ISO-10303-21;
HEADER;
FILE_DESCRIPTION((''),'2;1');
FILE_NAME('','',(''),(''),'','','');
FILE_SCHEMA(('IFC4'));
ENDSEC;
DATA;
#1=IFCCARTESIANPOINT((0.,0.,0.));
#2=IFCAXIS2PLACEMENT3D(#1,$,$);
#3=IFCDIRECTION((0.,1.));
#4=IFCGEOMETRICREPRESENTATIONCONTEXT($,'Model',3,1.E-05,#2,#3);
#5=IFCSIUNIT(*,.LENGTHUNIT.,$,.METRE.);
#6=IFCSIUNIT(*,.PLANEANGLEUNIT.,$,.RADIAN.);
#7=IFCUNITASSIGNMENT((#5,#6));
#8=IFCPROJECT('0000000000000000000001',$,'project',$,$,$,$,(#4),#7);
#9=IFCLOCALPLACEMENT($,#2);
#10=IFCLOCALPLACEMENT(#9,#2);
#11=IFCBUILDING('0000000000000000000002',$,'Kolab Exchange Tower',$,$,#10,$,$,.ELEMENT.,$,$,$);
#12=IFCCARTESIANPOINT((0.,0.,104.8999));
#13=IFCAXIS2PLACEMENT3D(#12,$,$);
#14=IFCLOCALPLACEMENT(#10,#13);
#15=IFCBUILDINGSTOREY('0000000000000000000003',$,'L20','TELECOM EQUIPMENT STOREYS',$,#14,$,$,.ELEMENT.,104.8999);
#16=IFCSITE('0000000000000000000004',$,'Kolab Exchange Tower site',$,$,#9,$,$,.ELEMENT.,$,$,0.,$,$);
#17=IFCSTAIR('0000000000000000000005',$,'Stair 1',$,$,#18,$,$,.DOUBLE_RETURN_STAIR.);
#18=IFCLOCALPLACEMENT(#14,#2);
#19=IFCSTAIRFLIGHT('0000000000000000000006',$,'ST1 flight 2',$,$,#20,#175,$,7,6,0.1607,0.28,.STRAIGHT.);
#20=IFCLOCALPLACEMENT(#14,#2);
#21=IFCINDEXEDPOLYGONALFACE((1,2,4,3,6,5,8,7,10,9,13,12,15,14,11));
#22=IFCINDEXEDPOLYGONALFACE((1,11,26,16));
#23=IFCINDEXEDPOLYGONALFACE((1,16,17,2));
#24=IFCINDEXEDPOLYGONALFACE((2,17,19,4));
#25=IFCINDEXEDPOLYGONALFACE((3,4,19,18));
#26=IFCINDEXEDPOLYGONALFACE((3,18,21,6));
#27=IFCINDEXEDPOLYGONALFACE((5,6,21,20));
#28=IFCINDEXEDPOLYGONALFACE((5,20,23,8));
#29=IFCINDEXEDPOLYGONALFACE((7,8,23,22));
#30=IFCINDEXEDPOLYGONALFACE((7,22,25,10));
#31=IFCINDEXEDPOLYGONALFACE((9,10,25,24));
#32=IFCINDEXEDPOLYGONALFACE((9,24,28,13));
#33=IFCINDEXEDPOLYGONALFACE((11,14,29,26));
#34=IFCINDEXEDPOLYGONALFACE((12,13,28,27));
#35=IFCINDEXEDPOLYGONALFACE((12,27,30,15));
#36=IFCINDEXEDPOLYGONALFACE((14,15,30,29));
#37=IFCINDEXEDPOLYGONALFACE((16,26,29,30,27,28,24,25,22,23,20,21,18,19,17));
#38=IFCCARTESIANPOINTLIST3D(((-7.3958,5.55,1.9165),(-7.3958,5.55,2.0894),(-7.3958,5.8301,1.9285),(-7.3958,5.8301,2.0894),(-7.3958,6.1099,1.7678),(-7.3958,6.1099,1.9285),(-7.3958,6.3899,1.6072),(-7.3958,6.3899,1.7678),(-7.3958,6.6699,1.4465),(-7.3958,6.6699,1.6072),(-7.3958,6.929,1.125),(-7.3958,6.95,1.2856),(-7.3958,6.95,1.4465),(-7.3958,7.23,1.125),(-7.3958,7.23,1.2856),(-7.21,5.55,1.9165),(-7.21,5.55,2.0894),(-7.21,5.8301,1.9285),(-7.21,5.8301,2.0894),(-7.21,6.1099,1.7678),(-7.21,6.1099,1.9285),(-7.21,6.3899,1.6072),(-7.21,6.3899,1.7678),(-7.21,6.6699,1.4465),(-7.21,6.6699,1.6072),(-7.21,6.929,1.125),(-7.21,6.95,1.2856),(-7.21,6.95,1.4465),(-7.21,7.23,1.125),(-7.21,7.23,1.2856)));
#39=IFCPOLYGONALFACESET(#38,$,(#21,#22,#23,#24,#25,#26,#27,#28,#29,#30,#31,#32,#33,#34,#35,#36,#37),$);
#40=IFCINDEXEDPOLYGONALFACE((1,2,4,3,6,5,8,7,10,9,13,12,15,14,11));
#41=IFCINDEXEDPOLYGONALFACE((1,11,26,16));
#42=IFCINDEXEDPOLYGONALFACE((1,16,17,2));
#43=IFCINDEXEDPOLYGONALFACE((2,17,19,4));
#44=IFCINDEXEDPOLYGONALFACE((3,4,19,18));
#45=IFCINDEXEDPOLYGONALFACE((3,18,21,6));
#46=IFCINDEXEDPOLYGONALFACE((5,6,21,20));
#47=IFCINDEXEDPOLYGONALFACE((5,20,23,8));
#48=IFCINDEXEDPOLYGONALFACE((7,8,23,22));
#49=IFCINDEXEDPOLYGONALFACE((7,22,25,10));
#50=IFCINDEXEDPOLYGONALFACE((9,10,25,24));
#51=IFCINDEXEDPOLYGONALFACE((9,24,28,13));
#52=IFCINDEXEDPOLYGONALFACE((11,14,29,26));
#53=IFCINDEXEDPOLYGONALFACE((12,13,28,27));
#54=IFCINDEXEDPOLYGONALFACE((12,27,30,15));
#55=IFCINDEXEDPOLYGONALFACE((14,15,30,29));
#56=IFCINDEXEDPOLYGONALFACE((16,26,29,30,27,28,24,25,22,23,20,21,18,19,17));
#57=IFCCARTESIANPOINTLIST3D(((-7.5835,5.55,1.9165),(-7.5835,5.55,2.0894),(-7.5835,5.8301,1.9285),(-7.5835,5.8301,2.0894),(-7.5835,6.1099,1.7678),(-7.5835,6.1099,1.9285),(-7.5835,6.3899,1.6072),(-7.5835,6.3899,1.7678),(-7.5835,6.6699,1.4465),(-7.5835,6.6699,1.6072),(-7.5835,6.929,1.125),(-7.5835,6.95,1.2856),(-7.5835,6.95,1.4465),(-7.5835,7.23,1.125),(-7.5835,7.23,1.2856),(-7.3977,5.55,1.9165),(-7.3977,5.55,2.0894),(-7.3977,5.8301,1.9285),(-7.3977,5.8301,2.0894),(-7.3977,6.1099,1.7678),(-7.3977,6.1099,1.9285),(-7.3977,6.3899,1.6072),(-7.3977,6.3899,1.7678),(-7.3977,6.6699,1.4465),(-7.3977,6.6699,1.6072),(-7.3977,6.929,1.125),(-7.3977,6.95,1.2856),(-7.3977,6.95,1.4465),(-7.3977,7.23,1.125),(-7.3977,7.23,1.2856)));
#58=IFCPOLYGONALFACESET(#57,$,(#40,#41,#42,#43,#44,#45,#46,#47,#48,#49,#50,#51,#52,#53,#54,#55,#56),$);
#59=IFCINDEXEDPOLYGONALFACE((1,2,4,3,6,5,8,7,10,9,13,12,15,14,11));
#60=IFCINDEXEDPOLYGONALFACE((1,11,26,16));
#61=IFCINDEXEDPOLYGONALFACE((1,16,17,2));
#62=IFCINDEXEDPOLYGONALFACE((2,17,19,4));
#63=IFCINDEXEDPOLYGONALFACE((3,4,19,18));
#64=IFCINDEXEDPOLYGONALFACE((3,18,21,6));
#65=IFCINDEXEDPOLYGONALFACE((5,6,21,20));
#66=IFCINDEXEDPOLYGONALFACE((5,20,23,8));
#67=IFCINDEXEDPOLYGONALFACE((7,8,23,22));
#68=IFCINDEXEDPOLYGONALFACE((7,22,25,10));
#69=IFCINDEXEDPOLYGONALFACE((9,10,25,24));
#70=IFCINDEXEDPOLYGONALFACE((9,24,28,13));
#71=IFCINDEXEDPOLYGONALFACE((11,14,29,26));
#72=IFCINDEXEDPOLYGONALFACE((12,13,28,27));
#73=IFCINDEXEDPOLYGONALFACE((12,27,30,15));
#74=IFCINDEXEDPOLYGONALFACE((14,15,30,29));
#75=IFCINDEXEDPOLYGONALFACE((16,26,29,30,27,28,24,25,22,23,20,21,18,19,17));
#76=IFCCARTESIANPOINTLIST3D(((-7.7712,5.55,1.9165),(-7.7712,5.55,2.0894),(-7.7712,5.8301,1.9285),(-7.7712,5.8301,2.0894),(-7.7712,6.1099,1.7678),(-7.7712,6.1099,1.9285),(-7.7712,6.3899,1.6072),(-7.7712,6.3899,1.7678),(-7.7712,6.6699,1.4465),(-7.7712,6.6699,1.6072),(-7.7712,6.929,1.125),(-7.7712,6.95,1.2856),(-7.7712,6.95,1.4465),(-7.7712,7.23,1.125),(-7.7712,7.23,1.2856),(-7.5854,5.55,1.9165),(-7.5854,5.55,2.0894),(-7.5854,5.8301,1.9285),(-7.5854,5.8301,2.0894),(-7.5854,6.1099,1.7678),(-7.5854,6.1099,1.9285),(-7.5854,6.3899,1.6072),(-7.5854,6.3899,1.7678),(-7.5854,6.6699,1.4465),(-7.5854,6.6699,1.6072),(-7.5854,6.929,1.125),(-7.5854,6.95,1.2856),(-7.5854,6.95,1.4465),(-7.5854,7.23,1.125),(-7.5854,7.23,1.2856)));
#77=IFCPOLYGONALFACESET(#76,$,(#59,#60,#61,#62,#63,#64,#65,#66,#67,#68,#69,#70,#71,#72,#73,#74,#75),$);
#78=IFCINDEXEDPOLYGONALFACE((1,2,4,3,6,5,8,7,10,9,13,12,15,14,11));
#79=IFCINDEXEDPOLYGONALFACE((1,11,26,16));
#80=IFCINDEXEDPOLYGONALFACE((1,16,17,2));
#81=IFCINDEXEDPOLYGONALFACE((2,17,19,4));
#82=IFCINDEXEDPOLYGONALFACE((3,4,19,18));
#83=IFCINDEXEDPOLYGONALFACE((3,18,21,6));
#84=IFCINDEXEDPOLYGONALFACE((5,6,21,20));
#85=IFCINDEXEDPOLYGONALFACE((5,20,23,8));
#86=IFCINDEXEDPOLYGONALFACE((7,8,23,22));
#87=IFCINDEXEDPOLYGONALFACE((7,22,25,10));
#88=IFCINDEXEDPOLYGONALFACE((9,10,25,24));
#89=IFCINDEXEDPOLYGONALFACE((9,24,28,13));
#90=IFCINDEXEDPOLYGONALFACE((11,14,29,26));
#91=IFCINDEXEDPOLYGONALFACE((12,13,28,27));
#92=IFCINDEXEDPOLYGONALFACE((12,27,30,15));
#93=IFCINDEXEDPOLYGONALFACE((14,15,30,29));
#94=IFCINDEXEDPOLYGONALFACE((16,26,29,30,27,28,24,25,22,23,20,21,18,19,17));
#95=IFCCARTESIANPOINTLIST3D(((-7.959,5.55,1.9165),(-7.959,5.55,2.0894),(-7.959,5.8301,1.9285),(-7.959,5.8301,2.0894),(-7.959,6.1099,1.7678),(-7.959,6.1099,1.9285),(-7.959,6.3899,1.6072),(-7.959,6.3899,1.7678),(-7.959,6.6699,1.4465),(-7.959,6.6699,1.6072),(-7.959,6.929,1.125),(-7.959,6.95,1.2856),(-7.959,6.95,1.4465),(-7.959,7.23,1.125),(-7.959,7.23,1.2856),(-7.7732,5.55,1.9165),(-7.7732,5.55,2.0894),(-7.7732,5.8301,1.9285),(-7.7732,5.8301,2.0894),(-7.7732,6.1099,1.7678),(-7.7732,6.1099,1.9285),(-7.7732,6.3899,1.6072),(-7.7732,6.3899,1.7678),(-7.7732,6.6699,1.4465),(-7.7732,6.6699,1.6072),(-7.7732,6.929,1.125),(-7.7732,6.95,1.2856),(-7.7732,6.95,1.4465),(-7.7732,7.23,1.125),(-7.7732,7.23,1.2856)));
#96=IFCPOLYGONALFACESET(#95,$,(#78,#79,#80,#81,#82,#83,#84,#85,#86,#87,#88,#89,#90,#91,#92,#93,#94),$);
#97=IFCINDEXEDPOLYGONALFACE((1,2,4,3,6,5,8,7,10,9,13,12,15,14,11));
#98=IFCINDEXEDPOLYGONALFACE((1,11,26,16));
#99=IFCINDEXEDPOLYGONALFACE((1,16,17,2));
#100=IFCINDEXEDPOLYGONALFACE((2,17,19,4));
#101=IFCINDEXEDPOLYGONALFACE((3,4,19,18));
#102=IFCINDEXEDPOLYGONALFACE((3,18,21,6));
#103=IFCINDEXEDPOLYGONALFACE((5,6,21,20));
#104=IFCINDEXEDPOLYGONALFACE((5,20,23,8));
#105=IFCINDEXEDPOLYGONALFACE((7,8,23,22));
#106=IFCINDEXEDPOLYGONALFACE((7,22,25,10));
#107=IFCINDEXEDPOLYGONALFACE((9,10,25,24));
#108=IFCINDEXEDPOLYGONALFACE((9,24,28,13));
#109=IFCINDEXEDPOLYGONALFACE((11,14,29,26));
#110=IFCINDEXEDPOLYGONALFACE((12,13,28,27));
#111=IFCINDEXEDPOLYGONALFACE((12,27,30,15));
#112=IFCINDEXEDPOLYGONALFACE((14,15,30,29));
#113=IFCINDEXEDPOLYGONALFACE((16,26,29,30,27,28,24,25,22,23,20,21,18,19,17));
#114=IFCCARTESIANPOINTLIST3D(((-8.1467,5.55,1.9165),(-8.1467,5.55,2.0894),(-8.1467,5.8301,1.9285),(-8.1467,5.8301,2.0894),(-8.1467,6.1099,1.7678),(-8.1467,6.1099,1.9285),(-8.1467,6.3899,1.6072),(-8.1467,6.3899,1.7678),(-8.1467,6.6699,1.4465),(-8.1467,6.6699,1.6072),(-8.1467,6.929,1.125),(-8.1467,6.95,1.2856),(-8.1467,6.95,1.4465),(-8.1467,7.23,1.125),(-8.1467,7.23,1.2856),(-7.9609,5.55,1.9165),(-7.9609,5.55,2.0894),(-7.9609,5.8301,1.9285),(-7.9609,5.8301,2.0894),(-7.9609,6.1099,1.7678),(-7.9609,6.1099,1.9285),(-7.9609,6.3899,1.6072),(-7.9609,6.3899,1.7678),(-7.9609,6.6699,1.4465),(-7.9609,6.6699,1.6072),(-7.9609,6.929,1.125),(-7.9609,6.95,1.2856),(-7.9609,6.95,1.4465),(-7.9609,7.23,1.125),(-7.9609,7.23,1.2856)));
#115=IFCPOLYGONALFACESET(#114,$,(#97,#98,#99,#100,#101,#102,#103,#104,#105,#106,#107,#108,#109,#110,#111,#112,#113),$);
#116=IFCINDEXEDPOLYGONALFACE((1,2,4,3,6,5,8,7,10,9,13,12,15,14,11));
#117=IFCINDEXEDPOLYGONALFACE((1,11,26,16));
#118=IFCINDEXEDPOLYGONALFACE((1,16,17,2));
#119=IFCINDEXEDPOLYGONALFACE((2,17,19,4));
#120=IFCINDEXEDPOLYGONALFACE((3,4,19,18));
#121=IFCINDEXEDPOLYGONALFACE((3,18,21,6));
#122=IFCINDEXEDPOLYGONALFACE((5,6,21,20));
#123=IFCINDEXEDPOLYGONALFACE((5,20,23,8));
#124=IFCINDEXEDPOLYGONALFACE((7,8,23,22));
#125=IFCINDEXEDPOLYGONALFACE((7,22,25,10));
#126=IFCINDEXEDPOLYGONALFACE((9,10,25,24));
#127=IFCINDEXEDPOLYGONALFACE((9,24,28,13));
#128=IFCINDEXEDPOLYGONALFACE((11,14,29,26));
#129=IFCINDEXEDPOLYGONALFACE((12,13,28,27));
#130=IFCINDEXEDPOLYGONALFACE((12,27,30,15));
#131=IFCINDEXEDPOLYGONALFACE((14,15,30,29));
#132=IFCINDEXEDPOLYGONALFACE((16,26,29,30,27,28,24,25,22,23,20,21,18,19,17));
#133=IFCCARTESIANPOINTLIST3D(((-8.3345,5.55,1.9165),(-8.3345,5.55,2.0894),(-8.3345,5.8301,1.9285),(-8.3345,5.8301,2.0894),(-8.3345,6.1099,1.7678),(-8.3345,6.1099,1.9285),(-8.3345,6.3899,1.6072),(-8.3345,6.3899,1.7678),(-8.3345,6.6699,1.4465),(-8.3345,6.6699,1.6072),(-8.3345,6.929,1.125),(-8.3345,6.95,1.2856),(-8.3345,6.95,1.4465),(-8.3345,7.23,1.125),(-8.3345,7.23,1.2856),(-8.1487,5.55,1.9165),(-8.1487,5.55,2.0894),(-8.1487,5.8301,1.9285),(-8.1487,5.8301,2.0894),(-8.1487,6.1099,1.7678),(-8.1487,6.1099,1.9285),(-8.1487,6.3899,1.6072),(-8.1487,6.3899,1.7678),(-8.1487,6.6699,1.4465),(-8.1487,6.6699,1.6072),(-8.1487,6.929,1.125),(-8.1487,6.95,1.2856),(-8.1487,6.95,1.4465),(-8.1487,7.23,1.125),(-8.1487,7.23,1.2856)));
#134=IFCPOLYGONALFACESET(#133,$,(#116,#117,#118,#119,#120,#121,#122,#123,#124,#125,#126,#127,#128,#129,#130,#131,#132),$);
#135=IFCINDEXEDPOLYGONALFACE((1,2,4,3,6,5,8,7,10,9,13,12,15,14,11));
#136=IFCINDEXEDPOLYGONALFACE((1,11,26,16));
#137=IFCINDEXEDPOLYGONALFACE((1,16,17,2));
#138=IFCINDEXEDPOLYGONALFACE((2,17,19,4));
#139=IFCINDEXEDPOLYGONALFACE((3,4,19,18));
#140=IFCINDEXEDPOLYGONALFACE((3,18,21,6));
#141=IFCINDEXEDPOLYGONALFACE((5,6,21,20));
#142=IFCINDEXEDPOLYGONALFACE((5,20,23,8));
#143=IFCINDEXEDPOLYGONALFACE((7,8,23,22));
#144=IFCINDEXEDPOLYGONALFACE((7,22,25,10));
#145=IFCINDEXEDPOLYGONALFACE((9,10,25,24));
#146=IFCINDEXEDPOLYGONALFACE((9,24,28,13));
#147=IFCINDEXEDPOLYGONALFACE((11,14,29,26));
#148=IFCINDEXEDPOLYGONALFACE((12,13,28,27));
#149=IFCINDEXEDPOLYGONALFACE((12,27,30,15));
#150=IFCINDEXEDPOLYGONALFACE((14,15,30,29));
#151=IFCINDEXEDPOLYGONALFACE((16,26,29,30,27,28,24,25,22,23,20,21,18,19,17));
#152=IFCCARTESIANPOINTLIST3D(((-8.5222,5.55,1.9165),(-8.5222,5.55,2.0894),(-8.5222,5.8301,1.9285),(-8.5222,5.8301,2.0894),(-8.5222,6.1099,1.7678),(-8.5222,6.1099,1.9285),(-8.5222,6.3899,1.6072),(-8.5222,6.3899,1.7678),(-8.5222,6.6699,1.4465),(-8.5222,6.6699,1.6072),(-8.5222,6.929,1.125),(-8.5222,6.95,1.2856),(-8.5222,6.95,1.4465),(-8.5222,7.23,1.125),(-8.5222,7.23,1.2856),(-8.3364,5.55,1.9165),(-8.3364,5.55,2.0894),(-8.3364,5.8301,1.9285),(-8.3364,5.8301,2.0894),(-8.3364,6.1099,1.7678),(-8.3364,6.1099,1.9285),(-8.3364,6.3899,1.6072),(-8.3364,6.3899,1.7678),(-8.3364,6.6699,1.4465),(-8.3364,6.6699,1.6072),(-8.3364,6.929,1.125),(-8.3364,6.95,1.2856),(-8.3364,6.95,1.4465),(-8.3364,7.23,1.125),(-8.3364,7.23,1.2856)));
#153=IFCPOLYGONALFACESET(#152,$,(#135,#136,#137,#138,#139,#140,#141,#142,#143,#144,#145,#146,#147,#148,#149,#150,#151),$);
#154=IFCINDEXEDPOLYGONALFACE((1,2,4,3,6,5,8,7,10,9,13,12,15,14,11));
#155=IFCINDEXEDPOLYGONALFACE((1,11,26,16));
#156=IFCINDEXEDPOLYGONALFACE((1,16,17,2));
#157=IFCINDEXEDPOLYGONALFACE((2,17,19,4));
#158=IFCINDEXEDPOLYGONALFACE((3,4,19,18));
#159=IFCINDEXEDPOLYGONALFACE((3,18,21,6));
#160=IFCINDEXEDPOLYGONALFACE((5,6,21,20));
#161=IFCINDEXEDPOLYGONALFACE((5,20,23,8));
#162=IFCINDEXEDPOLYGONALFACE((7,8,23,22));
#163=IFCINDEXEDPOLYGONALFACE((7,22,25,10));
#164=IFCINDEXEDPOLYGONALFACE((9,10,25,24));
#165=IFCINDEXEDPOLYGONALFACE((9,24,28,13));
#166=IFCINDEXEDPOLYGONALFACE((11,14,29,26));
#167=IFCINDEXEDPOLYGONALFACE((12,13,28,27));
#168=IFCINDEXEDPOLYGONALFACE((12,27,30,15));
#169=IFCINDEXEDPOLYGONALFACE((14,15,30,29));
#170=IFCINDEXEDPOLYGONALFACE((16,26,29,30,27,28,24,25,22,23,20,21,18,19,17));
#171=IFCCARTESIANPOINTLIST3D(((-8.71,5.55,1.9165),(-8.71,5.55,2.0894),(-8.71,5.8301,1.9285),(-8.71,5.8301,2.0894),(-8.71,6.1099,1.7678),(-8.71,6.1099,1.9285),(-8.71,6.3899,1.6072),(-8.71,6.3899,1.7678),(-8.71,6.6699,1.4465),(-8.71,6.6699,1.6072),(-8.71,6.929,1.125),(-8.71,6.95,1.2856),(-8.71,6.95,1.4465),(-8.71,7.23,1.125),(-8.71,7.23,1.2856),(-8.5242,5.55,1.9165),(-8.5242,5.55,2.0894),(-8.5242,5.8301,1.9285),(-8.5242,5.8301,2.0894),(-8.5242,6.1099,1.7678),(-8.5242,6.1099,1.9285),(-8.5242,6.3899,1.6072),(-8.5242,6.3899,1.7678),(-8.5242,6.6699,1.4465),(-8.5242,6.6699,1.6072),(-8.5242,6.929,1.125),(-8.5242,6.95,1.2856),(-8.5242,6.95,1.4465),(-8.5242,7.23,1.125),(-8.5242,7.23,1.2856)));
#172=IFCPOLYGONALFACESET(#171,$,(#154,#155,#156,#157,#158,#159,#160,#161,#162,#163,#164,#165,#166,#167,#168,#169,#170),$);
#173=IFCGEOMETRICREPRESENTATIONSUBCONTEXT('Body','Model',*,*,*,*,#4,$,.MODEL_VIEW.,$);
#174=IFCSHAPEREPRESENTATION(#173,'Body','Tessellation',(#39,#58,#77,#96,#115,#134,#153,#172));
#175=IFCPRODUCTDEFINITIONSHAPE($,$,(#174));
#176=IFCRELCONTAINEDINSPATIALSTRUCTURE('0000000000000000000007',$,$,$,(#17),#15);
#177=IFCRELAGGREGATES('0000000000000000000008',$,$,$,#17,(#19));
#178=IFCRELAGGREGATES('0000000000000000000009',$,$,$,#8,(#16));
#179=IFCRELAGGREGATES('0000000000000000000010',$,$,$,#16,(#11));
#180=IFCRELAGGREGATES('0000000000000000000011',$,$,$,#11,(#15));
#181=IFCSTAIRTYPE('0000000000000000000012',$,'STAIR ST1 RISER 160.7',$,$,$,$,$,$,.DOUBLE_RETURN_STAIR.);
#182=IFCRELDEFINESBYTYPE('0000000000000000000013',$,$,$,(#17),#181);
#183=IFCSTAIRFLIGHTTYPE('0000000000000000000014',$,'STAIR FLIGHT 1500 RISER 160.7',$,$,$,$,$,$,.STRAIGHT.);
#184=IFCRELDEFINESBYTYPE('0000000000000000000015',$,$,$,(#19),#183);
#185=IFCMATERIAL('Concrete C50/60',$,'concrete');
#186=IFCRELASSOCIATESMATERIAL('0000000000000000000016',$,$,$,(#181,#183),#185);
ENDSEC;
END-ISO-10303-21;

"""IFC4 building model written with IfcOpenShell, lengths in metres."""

from ifc_helpers import new_model, si_unit, direction, frame, origin, place, context, subcontext, project, spatial, polyline, outline, extrude, material, type_object, element, aggregate, save


model = new_model("IFC4")

# Units and contexts
model_context = context("Model", 3, precision=1e-05, world=origin(), true_north=direction((0.0, 1.0)))
body_context = subcontext(model_context, "Body", "Model", "MODEL_VIEW")
ifc_project = project(units=[si_unit("LENGTHUNIT", "METRE"), si_unit("PLANEANGLEUNIT", "RADIAN")], contexts=[model_context])

# Site, building, storey
site_placement = place(None, origin())
site = spatial("IfcSite", under=ifc_project, at=site_placement, Name="Kolab Exchange Tower site", CompositionType="ELEMENT", RefElevation=0.0)
building_placement = place(site_placement, origin())
building = spatial("IfcBuilding", under=site, at=building_placement, Name="Kolab Exchange Tower", CompositionType="ELEMENT")
storey_placement = place(building_placement, frame((0.0, 0.0, 104.8999)))
storey = spatial("IfcBuildingStorey", under=building, at=storey_placement, Name="L20", Description="TELECOM EQUIPMENT STOREYS", CompositionType="ELEMENT", Elevation=104.8999)

# Shared definitions
ifc_material_1 = material(Name="Concrete C50/60", Category="concrete")

# Stair, stair flight
stair_type = type_object("IfcStairType", Name="STAIR ST1 RISER 160.7", PredefinedType="DOUBLE_RETURN_STAIR", material=ifc_material_1)
stair_placement = place(storey_placement, origin())
stair = element("IfcStair", 1, at=stair_placement, inside=storey, type_object=stair_type, Name="Stair 1", PredefinedType="DOUBLE_RETURN_STAIR")
stair_flight_type = type_object("IfcStairFlightType", Name="STAIR FLIGHT 1500 RISER 160.7", PredefinedType="STRAIGHT", material=ifc_material_1)
stair_flight_1_placement = place(storey_placement, frame((-7.96, 7.23, 1.125), z_axis=(0.0, 0.0, 1.0), x_axis=(0.0, -1.0, 0.0)))
stair_flight_1 = element("IfcStairFlight", 2, at=stair_flight_1_placement, type_object=stair_flight_type, Name="ST1 flight 2", NumberOfRisers=7, NumberOfTreads=6, PredefinedType="STRAIGHT", RiserHeight=0.1607, TreadLength=0.28, context=body_context, shape_type="SweptSolid", body=[
    extrude(outline(polyline([(0.0, 0.0), (0.0, 0.1606), (0.28, 0.1606), (0.28, 0.3215), (0.5601, 0.3215), (0.5601, 0.4822), (0.8401, 0.4822), (0.8401, 0.6428), (1.1201, 0.6428), (1.1201, 0.8035), (1.3999, 0.8035), (1.3999, 0.9644), (1.6799, 0.9644), (1.6799, 1.125), (1.6799, 0.7915), (0.301, 0.0), (0.0, 0.0)])), frame((0.0, 0.75, 0.0), z_axis=(0.0, -1.0, 0.0), x_axis=(1.0, 0.0, 0.0)), (0.0, 0.0, 1.0), 0.1858),
    extrude(outline(polyline([(0.0, 0.0), (0.0, 0.1606), (0.28, 0.1606), (0.28, 0.3215), (0.5601, 0.3215), (0.5601, 0.4822), (0.8401, 0.4822), (0.8401, 0.6428), (1.1201, 0.6428), (1.1201, 0.8035), (1.3999, 0.8035), (1.3999, 0.9644), (1.6799, 0.9644), (1.6799, 1.125), (1.6799, 0.7915), (0.301, 0.0), (0.0, 0.0)])), frame((0.0, 0.5623, 0.0), z_axis=(0.0, -1.0, 0.0), x_axis=(1.0, 0.0, 0.0)), (0.0, 0.0, 1.0), 0.1858),
    extrude(outline(polyline([(0.0, 0.0), (0.0, 0.1606), (0.28, 0.1606), (0.28, 0.3215), (0.5601, 0.3215), (0.5601, 0.4822), (0.8401, 0.4822), (0.8401, 0.6428), (1.1201, 0.6428), (1.1201, 0.8035), (1.3999, 0.8035), (1.3999, 0.9644), (1.6799, 0.9644), (1.6799, 1.125), (1.6799, 0.7915), (0.301, 0.0), (0.0, 0.0)])), frame((0.0, 0.3745, 0.0), z_axis=(0.0, -1.0, 0.0), x_axis=(1.0, 0.0, 0.0)), (0.0, 0.0, 1.0), 0.1858),
    extrude(outline(polyline([(0.0, 0.0), (0.0, 0.1606), (0.28, 0.1606), (0.28, 0.3215), (0.5601, 0.3215), (0.5601, 0.4822), (0.8401, 0.4822), (0.8401, 0.6428), (1.1201, 0.6428), (1.1201, 0.8035), (1.3999, 0.8035), (1.3999, 0.9644), (1.6799, 0.9644), (1.6799, 1.125), (1.6799, 0.7915), (0.301, 0.0), (0.0, 0.0)])), frame((0.0, 0.1868, 0.0), z_axis=(0.0, -1.0, 0.0), x_axis=(1.0, 0.0, 0.0)), (0.0, 0.0, 1.0), 0.1858),
    extrude(outline(polyline([(0.0, 0.0), (0.0, 0.1606), (0.28, 0.1606), (0.28, 0.3215), (0.5601, 0.3215), (0.5601, 0.4822), (0.8401, 0.4822), (0.8401, 0.6428), (1.1201, 0.6428), (1.1201, 0.8035), (1.3999, 0.8035), (1.3999, 0.9644), (1.6799, 0.9644), (1.6799, 1.125), (1.6799, 0.7915), (0.301, 0.0), (0.0, 0.0)])), frame((0.0, -0.001, 0.0), z_axis=(0.0, -1.0, 0.0), x_axis=(1.0, 0.0, 0.0)), (0.0, 0.0, 1.0), 0.1858),
    extrude(outline(polyline([(0.0, 0.0), (0.0, 0.1606), (0.28, 0.1606), (0.28, 0.3215), (0.5601, 0.3215), (0.5601, 0.4822), (0.8401, 0.4822), (0.8401, 0.6428), (1.1201, 0.6428), (1.1201, 0.8035), (1.3999, 0.8035), (1.3999, 0.9644), (1.6799, 0.9644), (1.6799, 1.125), (1.6799, 0.7915), (0.301, 0.0), (0.0, 0.0)])), frame((0.0, -0.1887, 0.0), z_axis=(0.0, -1.0, 0.0), x_axis=(1.0, 0.0, 0.0)), (0.0, 0.0, 1.0), 0.1858),
    extrude(outline(polyline([(0.0, 0.0), (0.0, 0.1606), (0.28, 0.1606), (0.28, 0.3215), (0.5601, 0.3215), (0.5601, 0.4822), (0.8401, 0.4822), (0.8401, 0.6428), (1.1201, 0.6428), (1.1201, 0.8035), (1.3999, 0.8035), (1.3999, 0.9644), (1.6799, 0.9644), (1.6799, 1.125), (1.6799, 0.7915), (0.301, 0.0), (0.0, 0.0)])), frame((0.0, -0.3765, 0.0), z_axis=(0.0, -1.0, 0.0), x_axis=(1.0, 0.0, 0.0)), (0.0, 0.0, 1.0), 0.1858),
    extrude(outline(polyline([(0.0, 0.0), (0.0, 0.1606), (0.28, 0.1606), (0.28, 0.3215), (0.5601, 0.3215), (0.5601, 0.4822), (0.8401, 0.4822), (0.8401, 0.6428), (1.1201, 0.6428), (1.1201, 0.8035), (1.3999, 0.8035), (1.3999, 0.9644), (1.6799, 0.9644), (1.6799, 1.125), (1.6799, 0.7915), (0.301, 0.0), (0.0, 0.0)])), frame((0.0, -0.5642, 0.0), z_axis=(0.0, -1.0, 0.0), x_axis=(1.0, 0.0, 0.0)), (0.0, 0.0, 1.0), 0.1858),
])
aggregate(stair, [stair_flight_1])

save(model, "model.ifc")
